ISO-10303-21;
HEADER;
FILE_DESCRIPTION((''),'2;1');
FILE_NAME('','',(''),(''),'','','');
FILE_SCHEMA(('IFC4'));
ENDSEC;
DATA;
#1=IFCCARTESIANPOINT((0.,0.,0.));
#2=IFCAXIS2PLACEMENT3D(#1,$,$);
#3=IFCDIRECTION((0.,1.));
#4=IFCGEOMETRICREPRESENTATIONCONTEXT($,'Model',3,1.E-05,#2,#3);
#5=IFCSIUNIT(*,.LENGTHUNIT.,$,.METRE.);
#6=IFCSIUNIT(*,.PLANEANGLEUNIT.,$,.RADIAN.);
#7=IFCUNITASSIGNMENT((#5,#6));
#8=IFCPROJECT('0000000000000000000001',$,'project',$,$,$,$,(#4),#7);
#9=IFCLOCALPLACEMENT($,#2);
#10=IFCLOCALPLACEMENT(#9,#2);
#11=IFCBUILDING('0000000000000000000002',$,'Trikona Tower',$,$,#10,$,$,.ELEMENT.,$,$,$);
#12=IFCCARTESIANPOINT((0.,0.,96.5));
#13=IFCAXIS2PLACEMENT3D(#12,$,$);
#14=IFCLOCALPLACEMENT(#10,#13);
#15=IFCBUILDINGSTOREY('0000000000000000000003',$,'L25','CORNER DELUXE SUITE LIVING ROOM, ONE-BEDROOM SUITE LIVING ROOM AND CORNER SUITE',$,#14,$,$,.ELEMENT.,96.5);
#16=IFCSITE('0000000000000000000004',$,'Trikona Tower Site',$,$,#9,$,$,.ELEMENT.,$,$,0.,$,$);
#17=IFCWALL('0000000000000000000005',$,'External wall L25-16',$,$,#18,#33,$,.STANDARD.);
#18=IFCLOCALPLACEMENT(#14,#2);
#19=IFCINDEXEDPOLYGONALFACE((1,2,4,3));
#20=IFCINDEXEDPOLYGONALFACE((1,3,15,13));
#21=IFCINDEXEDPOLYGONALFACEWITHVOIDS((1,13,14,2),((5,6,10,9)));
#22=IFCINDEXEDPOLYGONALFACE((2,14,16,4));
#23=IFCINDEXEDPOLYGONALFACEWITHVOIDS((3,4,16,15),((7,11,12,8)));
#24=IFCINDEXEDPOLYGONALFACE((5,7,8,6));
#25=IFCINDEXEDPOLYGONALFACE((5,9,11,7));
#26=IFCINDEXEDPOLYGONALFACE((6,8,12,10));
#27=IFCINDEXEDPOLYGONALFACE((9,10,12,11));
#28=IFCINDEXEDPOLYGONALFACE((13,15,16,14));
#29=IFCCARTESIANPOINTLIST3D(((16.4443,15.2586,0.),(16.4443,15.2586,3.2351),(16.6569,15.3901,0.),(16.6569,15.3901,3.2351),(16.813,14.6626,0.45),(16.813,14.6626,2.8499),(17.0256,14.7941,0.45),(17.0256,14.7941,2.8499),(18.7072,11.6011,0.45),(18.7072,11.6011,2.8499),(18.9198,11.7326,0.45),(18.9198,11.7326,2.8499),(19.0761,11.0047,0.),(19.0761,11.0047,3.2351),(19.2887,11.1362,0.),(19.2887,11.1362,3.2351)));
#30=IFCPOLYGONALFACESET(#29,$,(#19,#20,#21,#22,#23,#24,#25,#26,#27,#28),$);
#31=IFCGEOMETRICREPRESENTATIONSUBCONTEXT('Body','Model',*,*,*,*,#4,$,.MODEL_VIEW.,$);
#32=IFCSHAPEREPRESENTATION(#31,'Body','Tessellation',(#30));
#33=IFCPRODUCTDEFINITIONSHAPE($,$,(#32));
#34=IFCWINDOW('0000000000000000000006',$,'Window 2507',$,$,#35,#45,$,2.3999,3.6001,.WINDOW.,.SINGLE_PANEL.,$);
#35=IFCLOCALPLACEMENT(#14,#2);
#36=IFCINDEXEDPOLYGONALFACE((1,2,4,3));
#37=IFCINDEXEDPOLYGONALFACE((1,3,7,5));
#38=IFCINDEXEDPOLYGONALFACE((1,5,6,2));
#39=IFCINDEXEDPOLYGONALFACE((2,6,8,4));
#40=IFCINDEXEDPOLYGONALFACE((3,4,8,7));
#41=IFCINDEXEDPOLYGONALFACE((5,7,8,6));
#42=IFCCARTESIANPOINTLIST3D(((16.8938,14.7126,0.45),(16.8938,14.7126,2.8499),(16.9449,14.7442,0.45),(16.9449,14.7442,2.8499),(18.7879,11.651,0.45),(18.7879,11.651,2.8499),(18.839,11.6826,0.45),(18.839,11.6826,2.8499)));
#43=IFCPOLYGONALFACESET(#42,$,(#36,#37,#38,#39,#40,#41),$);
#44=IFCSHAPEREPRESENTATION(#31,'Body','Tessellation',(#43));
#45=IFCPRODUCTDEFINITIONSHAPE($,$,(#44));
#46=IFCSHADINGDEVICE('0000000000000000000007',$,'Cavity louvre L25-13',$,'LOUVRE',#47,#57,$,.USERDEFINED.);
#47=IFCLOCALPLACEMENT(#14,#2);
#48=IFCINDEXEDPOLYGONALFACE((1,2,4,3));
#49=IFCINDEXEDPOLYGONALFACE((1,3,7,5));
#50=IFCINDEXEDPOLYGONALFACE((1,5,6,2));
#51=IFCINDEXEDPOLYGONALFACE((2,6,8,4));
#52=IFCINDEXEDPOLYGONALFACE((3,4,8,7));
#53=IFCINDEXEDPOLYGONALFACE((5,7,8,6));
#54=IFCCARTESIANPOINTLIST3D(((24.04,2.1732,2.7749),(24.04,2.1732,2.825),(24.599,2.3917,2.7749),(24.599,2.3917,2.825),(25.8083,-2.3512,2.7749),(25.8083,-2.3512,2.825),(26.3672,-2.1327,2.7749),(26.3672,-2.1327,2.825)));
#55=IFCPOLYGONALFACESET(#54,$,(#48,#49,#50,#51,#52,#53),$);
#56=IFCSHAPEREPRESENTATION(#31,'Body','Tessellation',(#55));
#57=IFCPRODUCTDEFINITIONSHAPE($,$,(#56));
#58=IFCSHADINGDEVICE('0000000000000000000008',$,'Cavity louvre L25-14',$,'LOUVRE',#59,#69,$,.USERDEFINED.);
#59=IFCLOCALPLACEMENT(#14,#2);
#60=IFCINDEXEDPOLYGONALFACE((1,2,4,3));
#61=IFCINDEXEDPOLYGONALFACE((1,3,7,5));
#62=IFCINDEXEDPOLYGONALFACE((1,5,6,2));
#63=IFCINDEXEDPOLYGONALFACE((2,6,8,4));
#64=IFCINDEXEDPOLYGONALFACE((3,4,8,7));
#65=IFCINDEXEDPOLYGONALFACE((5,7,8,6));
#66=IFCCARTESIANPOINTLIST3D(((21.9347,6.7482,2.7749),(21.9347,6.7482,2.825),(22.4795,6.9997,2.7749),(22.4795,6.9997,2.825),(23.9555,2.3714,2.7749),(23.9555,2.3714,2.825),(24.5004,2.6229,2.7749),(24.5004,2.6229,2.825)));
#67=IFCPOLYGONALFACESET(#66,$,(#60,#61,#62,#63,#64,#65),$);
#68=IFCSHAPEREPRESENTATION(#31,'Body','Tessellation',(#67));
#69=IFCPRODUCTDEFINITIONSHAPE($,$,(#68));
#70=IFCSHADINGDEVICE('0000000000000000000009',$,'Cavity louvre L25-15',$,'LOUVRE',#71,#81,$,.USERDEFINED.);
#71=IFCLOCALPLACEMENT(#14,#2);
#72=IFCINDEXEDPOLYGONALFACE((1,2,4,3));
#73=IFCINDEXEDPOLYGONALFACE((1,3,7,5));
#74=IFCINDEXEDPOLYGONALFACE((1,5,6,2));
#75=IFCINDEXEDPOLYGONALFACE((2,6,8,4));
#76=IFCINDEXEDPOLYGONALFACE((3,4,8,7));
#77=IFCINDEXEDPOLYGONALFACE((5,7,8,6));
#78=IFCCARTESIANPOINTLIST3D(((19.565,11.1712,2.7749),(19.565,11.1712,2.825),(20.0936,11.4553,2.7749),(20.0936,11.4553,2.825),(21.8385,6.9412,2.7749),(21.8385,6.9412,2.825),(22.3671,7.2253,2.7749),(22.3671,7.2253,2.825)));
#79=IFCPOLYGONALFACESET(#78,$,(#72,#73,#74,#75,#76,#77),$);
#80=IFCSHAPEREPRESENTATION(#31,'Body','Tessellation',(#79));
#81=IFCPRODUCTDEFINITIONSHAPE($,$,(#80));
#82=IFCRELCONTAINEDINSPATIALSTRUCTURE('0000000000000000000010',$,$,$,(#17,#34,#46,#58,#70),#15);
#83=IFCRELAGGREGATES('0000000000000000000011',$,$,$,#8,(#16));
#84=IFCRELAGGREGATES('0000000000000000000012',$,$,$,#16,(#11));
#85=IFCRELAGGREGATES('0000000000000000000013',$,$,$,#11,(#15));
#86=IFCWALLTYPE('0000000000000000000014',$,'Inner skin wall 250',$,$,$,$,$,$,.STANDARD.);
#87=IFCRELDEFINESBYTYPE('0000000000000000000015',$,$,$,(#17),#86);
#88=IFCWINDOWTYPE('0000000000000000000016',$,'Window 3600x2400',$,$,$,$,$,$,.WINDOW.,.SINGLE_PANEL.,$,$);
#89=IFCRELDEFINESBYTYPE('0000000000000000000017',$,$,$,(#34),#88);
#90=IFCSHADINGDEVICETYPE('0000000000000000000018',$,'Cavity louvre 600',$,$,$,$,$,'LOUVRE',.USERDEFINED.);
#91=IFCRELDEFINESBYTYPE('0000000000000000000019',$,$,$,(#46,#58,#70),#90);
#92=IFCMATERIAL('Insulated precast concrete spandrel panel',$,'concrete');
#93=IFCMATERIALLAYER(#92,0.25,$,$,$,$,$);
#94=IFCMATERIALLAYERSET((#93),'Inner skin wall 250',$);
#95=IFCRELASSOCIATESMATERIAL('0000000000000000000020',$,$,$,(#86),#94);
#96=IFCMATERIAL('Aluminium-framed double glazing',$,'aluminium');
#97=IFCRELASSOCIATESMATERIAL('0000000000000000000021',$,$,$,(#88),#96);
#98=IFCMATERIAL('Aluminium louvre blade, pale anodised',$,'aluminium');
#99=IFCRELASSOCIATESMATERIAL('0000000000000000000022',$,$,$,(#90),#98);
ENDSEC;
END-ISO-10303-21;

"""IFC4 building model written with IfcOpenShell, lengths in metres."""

from ifc_helpers import new_model, si_unit, direction, frame, frame_2d, origin, origin_2d, place, context, subcontext, project, spatial, rectangle, extrude, material, layer, layer_set, type_object, element, fill, save


model = new_model("IFC4")

# Units and contexts
model_context = context("Model", 3, precision=1e-05, world=origin(), true_north=direction((0.0, 1.0)))
body_context = subcontext(model_context, "Body", "Model", "MODEL_VIEW")
ifc_project = project(units=[si_unit("LENGTHUNIT", "METRE"), si_unit("PLANEANGLEUNIT", "RADIAN")], contexts=[model_context])

# Site, building, storey
site_placement = place(None, origin())
site = spatial("IfcSite", under=ifc_project, at=site_placement, Name="Trikona Tower Site", CompositionType="ELEMENT", RefElevation=0.0)
building_placement = place(site_placement, origin())
building = spatial("IfcBuilding", under=site, at=building_placement, Name="Trikona Tower", CompositionType="ELEMENT")
storey_placement = place(building_placement, frame((0.0, 0.0, 96.5)))
storey = spatial("IfcBuildingStorey", under=building, at=storey_placement, Name="L25", Description="CORNER DELUXE SUITE LIVING ROOM, ONE-BEDROOM SUITE LIVING ROOM AND CORNER SUITE", CompositionType="ELEMENT", Elevation=96.5)

# Wall, opening, window
ifc_material_1 = material(Name="Insulated precast concrete spandrel panel", Category="concrete")
ifc_layer_1 = layer(ifc_material_1, 0.25)
ifc_layer_set_1 = layer_set([ifc_layer_1], Name="Inner skin wall 250")
wall_type = type_object("IfcWallType", Name="Inner skin wall 250", PredefinedType="STANDARD", material=ifc_layer_set_1)
ifc_material_2 = material(Name="Aluminium-framed double glazing", Category="aluminium")
window_type = type_object("IfcWindowType", Name="Window 3600x2400", PartitioningType="SINGLE_PANEL", PredefinedType="WINDOW", material=ifc_material_2)
wall_1_placement = place(storey_placement, frame((19.1824, 11.0706, 0.0), z_axis=(0.0, 0.0, 1.0), x_axis=(-0.526133, 0.850402, 0.0)))
wall_1 = element("IfcWall", 1, at=wall_1_placement, inside=storey, type_object=wall_type, Name="External wall L25-16", PredefinedType="STANDARD", context=body_context, shape_type="SweptSolid", body=[
    extrude(rectangle(XDim=5.0022, YDim=0.25, at=frame_2d((2.501, 0.0))), origin(), (0.0, 0.0, 1.0), 3.2351),
])
opening_1_placement = place(wall_1_placement, frame((0.7012, 0.0, 0.45)))
opening_1 = element("IfcOpeningElement", 2, at=opening_1_placement, cuts=wall_1, PredefinedType="OPENING", context=body_context, shape_type="SweptSolid", body=[
    extrude(rectangle(XDim=3.6001, YDim=2.3999, at=frame_2d((1.8, 1.2))), frame((0.0, 0.135, 0.0), z_axis=(0.0, -1.0, 0.0), x_axis=(1.0, 0.0, 0.0)), (0.0, 0.0, 1.0), 0.27),
])
window_1_placement = place(opening_1_placement, origin())
window_1 = element("IfcWindow", 3, at=window_1_placement, inside=storey, type_object=window_type, Name="Window 2507", OverallHeight=2.3999, OverallWidth=3.6001, PartitioningType="SINGLE_PANEL", PredefinedType="WINDOW", context=body_context, shape_type="SweptSolid", body=[
    extrude(rectangle(XDim=3.6001, YDim=2.3999, at=frame_2d((1.8, 1.2))), frame((0.0, 0.03, 0.0), z_axis=(0.0, -1.0, 0.0), x_axis=(1.0, 0.0, 0.0)), (0.0, 0.0, 1.0), 0.0601),
])
fill(opening_1, window_1)

# Shading devices
ifc_material_3 = material(Name="Aluminium louvre blade, pale anodised", Category="aluminium")
shading_device_type = type_object("IfcShadingDeviceType", Name="Cavity louvre 600", ElementType="LOUVRE", PredefinedType="USERDEFINED", material=ifc_material_3)
shading_device_1_placement = place(storey_placement, frame((25.2036, 0.0203, 2.7749), z_axis=(0.0, 0.0, 1.0), x_axis=(-0.364009, 0.931395, 0.0)))
element("IfcShadingDevice", 4, at=shading_device_1_placement, inside=storey, type_object=shading_device_type, Name="Cavity louvre L25-13", ObjectType="LOUVRE", PredefinedType="USERDEFINED", context=body_context, shape_type="SweptSolid", body=[
    extrude(rectangle(XDim=4.8577, YDim=0.6001, at=origin_2d()), origin(), (0.0, 0.0, 1.0), 0.05),
])
shading_device_2_placement = place(storey_placement, frame((23.2175, 4.6855, 2.7749), z_axis=(0.0, 0.0, 1.0), x_axis=(-0.419194, 0.907897, 0.0)))
element("IfcShadingDevice", 5, at=shading_device_2_placement, inside=storey, type_object=shading_device_type, Name="Cavity louvre L25-14", ObjectType="LOUVRE", PredefinedType="USERDEFINED", context=body_context, shape_type="SweptSolid", body=[
    extrude(rectangle(XDim=4.8208, YDim=0.6001, at=origin_2d()), origin(), (0.0, 0.0, 1.0), 0.05),
])
shading_device_3_placement = place(storey_placement, frame((20.9661, 9.1982, 2.7749), z_axis=(0.0, 0.0, 1.0), x_axis=(-0.473423, 0.880835, 0.0)))
element("IfcShadingDevice", 6, at=shading_device_3_placement, inside=storey, type_object=shading_device_type, Name="Cavity louvre L25-15", ObjectType="LOUVRE", PredefinedType="USERDEFINED", context=body_context, shape_type="SweptSolid", body=[
    extrude(rectangle(XDim=4.8022, YDim=0.6001, at=origin_2d()), origin(), (0.0, 0.0, 1.0), 0.05),
])

save(model, "model.ifc")
